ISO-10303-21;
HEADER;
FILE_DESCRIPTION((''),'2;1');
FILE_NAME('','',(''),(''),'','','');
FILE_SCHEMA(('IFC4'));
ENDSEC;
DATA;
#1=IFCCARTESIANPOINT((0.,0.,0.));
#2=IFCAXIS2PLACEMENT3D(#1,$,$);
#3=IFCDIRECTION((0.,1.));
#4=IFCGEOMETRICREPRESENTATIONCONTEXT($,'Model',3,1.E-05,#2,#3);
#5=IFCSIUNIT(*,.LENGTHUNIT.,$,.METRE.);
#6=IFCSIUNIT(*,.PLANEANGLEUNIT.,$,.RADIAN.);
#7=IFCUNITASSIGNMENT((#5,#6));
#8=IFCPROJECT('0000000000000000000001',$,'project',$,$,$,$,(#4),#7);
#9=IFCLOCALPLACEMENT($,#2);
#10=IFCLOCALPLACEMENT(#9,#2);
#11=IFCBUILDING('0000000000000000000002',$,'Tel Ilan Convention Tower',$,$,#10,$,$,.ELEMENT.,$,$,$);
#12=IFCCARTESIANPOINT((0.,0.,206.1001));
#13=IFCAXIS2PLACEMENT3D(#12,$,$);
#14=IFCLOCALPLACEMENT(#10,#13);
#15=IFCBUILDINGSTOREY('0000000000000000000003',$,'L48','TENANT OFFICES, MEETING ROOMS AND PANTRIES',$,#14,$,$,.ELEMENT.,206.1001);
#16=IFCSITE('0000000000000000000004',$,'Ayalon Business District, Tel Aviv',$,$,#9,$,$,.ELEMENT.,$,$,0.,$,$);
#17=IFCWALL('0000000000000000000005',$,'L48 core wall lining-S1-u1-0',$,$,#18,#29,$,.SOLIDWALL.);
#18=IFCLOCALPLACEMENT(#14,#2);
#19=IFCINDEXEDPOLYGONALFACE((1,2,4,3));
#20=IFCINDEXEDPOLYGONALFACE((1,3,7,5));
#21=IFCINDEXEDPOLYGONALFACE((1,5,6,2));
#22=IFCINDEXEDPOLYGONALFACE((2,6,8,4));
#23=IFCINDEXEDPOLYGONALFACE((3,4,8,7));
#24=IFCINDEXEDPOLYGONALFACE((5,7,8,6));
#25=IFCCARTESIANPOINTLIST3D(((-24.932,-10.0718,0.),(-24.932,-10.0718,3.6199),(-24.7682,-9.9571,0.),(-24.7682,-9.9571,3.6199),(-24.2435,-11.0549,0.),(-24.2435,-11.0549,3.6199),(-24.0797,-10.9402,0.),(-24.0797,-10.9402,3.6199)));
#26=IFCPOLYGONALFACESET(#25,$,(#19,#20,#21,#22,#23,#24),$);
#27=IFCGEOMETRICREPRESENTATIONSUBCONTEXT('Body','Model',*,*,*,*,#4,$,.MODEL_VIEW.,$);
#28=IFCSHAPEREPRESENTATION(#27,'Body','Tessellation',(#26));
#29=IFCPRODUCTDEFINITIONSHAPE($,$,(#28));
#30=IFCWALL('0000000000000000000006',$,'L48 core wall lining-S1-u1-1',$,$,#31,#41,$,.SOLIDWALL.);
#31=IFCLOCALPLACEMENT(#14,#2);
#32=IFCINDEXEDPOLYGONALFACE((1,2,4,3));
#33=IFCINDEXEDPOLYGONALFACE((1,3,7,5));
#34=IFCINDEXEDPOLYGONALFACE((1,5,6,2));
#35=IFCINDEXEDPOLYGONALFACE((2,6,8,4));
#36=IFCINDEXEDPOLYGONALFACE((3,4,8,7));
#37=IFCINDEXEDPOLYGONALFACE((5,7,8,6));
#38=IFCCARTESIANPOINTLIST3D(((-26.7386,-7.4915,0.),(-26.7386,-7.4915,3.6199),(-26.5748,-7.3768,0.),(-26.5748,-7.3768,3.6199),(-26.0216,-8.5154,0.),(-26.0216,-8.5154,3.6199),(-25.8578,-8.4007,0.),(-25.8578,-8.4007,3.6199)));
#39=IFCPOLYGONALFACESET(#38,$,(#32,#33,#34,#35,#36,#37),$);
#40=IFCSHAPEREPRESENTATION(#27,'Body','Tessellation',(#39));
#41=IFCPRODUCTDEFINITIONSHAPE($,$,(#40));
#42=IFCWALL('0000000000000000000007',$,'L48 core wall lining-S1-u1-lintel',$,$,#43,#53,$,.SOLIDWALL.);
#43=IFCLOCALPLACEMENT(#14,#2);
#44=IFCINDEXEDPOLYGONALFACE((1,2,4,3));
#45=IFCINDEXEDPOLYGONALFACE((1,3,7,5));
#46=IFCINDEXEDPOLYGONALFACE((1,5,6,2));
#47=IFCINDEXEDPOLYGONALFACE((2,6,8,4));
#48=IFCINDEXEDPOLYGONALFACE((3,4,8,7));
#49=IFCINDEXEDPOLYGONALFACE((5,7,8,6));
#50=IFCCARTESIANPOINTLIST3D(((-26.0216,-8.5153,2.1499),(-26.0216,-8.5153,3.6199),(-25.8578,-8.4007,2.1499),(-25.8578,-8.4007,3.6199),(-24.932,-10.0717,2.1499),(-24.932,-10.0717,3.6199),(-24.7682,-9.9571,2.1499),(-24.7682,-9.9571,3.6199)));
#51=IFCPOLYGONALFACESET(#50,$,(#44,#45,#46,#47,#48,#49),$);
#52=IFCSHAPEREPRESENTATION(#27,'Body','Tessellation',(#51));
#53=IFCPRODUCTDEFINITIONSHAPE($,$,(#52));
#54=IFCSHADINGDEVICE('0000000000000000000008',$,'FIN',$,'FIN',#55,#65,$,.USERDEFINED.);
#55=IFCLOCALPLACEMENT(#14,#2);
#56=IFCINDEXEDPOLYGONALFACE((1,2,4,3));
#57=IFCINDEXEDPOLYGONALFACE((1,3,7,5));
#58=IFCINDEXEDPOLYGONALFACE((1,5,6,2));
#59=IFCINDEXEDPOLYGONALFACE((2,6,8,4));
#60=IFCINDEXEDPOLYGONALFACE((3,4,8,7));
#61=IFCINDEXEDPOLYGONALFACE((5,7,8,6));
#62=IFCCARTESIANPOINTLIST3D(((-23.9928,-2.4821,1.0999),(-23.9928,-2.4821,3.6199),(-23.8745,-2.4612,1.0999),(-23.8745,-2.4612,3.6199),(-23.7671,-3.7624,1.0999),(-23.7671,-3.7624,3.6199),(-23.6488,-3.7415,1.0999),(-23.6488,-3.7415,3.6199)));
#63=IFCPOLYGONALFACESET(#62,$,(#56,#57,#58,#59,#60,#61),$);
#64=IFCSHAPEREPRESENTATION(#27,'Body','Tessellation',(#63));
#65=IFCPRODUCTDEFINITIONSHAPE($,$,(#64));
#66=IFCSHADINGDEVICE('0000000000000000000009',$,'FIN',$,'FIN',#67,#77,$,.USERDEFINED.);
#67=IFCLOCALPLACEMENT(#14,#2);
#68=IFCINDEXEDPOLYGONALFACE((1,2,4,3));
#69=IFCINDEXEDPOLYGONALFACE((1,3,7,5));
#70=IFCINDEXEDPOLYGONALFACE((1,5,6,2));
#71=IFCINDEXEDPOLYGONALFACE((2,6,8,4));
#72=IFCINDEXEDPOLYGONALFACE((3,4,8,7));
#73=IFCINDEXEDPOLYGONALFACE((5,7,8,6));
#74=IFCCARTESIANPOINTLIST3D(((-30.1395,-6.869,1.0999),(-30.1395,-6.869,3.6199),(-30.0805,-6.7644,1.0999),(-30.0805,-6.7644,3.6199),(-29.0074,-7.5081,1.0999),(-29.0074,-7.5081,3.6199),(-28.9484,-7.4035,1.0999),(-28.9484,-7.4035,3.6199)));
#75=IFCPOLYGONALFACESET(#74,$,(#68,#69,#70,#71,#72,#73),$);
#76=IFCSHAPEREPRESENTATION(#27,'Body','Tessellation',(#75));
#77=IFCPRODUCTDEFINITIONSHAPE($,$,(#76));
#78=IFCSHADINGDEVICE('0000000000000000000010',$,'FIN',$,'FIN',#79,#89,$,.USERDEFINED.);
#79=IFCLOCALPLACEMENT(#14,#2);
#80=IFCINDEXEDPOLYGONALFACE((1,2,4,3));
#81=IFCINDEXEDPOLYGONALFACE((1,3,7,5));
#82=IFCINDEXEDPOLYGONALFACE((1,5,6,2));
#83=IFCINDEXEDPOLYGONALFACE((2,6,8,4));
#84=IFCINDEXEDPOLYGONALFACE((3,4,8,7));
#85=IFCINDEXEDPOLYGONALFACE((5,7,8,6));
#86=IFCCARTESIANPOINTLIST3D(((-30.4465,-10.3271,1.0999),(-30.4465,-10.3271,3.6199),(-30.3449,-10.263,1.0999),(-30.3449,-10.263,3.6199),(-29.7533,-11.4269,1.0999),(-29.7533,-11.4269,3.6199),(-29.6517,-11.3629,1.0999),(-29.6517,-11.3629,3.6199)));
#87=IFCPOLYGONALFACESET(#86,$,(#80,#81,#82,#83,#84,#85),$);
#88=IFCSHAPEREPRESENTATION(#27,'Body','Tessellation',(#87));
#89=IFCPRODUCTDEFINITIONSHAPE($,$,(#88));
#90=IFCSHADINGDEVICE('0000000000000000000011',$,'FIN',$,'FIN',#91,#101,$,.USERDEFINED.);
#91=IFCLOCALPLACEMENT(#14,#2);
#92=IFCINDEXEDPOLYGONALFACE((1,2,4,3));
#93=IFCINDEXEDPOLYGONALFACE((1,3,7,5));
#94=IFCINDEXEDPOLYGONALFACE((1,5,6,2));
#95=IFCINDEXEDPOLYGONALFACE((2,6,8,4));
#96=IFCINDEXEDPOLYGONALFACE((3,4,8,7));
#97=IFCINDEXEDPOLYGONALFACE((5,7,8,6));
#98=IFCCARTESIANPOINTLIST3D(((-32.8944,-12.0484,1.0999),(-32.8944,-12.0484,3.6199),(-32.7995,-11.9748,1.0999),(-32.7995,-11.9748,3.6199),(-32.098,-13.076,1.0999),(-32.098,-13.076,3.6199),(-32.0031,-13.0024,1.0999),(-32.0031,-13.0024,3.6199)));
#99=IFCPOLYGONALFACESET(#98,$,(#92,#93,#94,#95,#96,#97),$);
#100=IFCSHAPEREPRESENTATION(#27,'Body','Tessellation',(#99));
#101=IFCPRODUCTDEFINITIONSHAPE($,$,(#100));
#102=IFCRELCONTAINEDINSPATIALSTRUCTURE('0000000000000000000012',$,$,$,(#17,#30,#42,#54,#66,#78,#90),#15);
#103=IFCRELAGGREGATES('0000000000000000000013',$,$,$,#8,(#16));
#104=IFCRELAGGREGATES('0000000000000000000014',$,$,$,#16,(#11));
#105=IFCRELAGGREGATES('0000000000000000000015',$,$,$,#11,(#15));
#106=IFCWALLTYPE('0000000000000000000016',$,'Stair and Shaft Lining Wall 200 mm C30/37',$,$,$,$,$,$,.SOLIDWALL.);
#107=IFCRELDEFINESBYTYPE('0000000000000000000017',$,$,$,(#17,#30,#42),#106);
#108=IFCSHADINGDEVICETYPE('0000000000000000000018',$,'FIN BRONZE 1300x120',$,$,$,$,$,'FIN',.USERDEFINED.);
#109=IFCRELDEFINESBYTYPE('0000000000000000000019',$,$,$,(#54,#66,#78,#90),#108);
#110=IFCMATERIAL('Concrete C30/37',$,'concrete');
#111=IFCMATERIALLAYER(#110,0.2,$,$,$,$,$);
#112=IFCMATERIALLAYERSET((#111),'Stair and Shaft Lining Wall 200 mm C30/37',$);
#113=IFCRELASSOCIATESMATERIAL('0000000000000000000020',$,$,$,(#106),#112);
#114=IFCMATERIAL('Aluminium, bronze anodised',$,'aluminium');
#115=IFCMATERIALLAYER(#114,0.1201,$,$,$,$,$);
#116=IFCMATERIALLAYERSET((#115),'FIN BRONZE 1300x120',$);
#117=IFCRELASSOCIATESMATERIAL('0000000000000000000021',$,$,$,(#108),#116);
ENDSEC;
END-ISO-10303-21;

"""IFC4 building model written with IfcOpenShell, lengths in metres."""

from ifc_helpers import new_model, si_unit, direction, frame, frame_2d, origin, origin_2d, place, context, subcontext, project, spatial, rectangle, extrude, material, layer, layer_set, type_object, element, save


model = new_model("IFC4")

# Units and contexts
model_context = context("Model", 3, precision=1e-05, world=origin(), true_north=direction((0.0, 1.0)))
body_context = subcontext(model_context, "Body", "Model", "MODEL_VIEW")
ifc_project = project(units=[si_unit("LENGTHUNIT", "METRE"), si_unit("PLANEANGLEUNIT", "RADIAN")], contexts=[model_context])

# Site, building, storey
site_placement = place(None, origin())
site = spatial("IfcSite", under=ifc_project, at=site_placement, Name="Ayalon Business District, Tel Aviv", CompositionType="ELEMENT", RefElevation=0.0)
building_placement = place(site_placement, origin())
building = spatial("IfcBuilding", under=site, at=building_placement, Name="Tel Ilan Convention Tower", CompositionType="ELEMENT")
storey_placement = place(building_placement, frame((0.0, 0.0, 206.1001)))
storey = spatial("IfcBuildingStorey", under=building, at=storey_placement, Name="L48", Description="TENANT OFFICES, MEETING ROOMS AND PANTRIES", CompositionType="ELEMENT", Elevation=206.1001)

# Walls
ifc_material_1 = material(Name="Concrete C30/37", Category="concrete")
ifc_layer_1 = layer(ifc_material_1, 0.2)
ifc_layer_set_1 = layer_set([ifc_layer_1], Name="Stair and Shaft Lining Wall 200 mm C30/37")
wall_type_1 = type_object("IfcWallType", Name="Stair and Shaft Lining Wall 200 mm C30/37", PredefinedType="SOLIDWALL", material=ifc_layer_set_1)
wall_1_placement = place(storey_placement, frame((-24.1616, -10.9976, 0.0), z_axis=(0.0, 0.0, 1.0), x_axis=(-0.573613, 0.819127, 0.0)))
element("IfcWall", 1, at=wall_1_placement, inside=storey, type_object=wall_type_1, Name="L48 core wall lining-S1-u1-0", PredefinedType="SOLIDWALL", context=body_context, shape_type="SweptSolid", body=[
    extrude(rectangle(XDim=1.2002, YDim=0.2, at=frame_2d((0.6001, 0.0))), origin(), (0.0, 0.0, 1.0), 3.6199),
])
wall_2_placement = place(storey_placement, frame((-25.9397, -8.458, 0.0), z_axis=(0.0, 0.0, 1.0), x_axis=(-0.57362, 0.819122, 0.0)))
element("IfcWall", 2, at=wall_2_placement, inside=storey, type_object=wall_type_1, Name="L48 core wall lining-S1-u1-1", PredefinedType="SOLIDWALL", context=body_context, shape_type="SweptSolid", body=[
    extrude(rectangle(XDim=1.25, YDim=0.2, at=frame_2d((0.625, 0.0))), origin(), (0.0, 0.0, 1.0), 3.6199),
])
wall_3_placement = place(storey_placement, frame((-24.8501, -10.0144, 2.1499), z_axis=(0.0, 0.0, 1.0), x_axis=(-0.573505, 0.819202, 0.0)))
element("IfcWall", 3, at=wall_3_placement, inside=storey, type_object=wall_type_1, Name="L48 core wall lining-S1-u1-lintel", PredefinedType="SOLIDWALL", context=body_context, shape_type="SweptSolid", body=[
    extrude(rectangle(XDim=1.8999, YDim=0.2, at=frame_2d((0.95, 0.0))), origin(), (0.0, 0.0, 1.0), 1.47),
])

# Shading devices
ifc_material_2 = material(Name="Aluminium, bronze anodised", Category="aluminium")
ifc_layer_2 = layer(ifc_material_2, 0.1201)
ifc_layer_set_2 = layer_set([ifc_layer_2], Name="FIN BRONZE 1300x120")
shading_device_type = type_object("IfcShadingDeviceType", Name="FIN BRONZE 1300x120", ElementType="FIN", PredefinedType="USERDEFINED", material=ifc_layer_set_2)
for number, where, z_axis, x_axis, name in (
    (4, (-23.8208, -3.1118, 1.0999), (0.0, 0.0, 1.0), (-0.173648, 0.984808, 0.0), "FIN"),
    (5, (-29.5439, -7.1362, 1.0999), (0.0, 0.0, 1.0), (-0.870833, 0.491579, 0.0), "FIN"),
    (6, (-30.0491, -10.845, 1.0999), (0.0, 0.0, 1.0), (-0.533204, 0.845986, 0.0), "FIN"),
    (7, (-32.4487, -12.5254, 1.0999), (0.0, 0.0, 1.0), (-0.612601, 0.790393, 0.0), "FIN"),
):
    element("IfcShadingDevice", number, at=place(storey_placement, frame(where, z_axis=z_axis, x_axis=x_axis)), inside=storey, type_object=shading_device_type, Name=name, ObjectType="FIN", PredefinedType="USERDEFINED", context=body_context, shape_type="SweptSolid", body=[
        extrude(rectangle(XDim=1.3, YDim=0.1201, at=origin_2d()), origin(), (0.0, 0.0, 1.0), 2.52),
    ])

save(model, "model.ifc")
